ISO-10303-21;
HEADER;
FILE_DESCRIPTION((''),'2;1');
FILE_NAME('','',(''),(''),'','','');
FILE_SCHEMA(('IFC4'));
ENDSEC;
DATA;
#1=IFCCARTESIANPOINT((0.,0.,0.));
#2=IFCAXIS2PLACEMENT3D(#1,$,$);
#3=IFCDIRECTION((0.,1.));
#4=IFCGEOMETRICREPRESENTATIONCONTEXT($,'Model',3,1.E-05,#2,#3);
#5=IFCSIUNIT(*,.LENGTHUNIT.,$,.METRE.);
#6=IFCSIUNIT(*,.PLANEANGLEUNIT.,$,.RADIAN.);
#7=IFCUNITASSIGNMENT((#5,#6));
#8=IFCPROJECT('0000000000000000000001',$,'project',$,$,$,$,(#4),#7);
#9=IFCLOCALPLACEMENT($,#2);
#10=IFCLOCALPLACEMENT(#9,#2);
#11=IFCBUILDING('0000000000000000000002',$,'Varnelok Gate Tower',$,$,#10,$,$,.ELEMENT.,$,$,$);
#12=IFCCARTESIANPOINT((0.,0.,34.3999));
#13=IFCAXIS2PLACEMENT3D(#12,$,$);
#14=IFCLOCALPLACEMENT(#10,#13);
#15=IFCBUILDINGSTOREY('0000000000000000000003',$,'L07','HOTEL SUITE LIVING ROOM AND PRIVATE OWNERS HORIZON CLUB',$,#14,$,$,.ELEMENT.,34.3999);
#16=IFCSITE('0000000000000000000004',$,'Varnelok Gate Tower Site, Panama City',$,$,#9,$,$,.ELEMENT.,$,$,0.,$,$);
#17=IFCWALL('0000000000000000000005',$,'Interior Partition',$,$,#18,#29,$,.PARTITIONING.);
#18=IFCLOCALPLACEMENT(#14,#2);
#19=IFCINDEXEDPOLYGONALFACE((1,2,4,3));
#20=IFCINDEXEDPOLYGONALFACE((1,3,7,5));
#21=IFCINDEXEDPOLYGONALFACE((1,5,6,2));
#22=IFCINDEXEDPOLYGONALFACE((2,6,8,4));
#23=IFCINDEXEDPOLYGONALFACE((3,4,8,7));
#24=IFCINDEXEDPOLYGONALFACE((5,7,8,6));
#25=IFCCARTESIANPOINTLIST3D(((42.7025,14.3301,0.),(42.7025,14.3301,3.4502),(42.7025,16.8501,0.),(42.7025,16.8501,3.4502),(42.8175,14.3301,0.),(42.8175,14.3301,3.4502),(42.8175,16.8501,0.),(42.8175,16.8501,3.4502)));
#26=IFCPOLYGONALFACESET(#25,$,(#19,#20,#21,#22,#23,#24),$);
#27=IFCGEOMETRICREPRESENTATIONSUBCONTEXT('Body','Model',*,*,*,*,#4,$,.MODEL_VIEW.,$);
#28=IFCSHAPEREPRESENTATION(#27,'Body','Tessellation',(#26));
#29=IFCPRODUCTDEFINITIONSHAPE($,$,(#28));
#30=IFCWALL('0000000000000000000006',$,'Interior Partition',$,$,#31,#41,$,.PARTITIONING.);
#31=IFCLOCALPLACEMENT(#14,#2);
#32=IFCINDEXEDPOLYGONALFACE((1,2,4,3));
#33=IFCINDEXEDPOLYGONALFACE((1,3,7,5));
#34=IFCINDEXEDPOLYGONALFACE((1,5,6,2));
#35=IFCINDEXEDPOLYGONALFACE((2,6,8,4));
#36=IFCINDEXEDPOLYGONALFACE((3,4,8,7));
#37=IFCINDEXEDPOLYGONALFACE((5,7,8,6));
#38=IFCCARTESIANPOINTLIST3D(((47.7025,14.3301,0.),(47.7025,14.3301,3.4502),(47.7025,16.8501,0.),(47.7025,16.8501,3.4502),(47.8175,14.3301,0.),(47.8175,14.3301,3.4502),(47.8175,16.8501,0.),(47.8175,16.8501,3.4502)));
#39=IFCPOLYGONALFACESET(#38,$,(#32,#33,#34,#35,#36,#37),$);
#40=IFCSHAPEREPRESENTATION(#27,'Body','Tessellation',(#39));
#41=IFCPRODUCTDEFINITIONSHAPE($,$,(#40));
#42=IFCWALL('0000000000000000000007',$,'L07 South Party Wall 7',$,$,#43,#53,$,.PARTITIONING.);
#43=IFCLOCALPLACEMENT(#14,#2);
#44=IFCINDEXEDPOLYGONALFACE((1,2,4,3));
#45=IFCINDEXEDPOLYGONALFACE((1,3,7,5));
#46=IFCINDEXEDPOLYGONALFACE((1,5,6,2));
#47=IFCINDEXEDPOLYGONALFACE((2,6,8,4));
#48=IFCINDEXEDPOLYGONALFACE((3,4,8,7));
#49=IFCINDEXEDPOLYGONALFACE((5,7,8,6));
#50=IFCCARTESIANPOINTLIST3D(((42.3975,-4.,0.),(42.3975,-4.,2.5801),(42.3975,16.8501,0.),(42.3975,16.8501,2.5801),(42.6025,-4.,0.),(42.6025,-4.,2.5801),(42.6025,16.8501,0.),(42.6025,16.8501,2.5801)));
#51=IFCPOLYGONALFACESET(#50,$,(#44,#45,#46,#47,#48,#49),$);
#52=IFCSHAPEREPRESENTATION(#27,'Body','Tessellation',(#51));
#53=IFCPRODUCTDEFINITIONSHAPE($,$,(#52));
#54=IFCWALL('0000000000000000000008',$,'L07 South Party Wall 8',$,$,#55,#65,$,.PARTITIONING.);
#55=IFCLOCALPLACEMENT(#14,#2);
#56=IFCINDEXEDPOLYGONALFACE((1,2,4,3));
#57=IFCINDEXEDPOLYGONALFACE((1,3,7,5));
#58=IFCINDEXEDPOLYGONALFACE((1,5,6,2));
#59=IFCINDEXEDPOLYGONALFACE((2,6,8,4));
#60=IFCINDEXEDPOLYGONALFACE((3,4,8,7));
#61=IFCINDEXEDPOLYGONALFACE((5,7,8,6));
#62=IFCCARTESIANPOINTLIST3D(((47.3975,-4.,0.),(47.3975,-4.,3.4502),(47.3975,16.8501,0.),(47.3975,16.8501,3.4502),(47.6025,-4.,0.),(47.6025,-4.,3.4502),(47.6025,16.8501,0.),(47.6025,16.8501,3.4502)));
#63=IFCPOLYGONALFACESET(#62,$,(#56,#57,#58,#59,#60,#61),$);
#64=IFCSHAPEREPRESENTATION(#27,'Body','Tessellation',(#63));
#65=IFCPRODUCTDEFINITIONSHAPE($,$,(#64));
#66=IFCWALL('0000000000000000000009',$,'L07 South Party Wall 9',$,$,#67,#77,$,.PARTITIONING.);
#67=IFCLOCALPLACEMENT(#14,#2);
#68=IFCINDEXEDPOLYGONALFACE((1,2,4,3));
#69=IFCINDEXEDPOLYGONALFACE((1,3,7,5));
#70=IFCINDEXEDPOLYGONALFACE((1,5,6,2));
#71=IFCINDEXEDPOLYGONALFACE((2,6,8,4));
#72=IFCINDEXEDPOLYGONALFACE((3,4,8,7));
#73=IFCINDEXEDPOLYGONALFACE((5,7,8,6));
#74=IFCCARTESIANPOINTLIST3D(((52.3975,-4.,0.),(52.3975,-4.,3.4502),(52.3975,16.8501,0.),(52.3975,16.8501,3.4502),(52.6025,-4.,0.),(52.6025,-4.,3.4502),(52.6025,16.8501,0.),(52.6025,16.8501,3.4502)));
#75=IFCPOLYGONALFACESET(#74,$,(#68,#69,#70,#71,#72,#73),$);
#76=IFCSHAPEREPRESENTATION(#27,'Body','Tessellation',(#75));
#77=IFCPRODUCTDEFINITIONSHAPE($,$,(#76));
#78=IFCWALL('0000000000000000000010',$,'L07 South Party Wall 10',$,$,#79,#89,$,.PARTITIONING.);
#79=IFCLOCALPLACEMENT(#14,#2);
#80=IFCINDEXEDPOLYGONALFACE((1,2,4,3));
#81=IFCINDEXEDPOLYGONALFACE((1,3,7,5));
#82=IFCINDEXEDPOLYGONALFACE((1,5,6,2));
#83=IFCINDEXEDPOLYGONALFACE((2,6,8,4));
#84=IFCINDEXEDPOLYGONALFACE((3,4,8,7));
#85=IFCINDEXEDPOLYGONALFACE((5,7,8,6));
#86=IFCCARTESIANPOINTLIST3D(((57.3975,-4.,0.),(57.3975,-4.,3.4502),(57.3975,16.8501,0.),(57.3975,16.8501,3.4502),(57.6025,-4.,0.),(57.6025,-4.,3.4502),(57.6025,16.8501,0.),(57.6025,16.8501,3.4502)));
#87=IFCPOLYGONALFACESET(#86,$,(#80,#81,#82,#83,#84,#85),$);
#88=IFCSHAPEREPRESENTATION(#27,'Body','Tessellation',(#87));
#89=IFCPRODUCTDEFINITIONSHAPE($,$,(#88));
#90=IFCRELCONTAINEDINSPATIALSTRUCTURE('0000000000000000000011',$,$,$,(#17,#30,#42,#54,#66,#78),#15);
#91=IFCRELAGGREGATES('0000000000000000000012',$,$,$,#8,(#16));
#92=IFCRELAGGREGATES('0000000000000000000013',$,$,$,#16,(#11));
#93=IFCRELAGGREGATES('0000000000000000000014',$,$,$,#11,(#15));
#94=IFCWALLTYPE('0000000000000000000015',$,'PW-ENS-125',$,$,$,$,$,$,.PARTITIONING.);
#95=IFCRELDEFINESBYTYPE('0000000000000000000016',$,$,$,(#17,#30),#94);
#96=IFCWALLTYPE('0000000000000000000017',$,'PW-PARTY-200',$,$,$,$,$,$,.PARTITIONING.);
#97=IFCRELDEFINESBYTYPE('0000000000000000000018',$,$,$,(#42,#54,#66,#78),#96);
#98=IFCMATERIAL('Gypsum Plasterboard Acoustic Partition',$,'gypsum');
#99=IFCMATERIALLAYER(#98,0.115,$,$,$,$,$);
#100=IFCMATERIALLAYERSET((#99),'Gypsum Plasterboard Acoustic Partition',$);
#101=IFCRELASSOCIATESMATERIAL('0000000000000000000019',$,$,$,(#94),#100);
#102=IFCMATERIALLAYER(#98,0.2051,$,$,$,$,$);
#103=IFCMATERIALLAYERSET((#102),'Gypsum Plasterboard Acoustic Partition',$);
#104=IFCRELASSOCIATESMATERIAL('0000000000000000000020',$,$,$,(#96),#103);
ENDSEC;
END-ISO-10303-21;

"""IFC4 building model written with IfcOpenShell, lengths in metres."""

from ifc_helpers import new_model, si_unit, direction, frame, frame_2d, origin, place, context, subcontext, project, spatial, rectangle, extrude, material, layer, layer_set, type_object, element, save


model = new_model("IFC4")

# Units and contexts
model_context = context("Model", 3, precision=1e-05, world=origin(), true_north=direction((0.0, 1.0)))
body_context = subcontext(model_context, "Body", "Model", "MODEL_VIEW")
ifc_project = project(units=[si_unit("LENGTHUNIT", "METRE"), si_unit("PLANEANGLEUNIT", "RADIAN")], contexts=[model_context])

# Site, building, storey
site_placement = place(None, origin())
site = spatial("IfcSite", under=ifc_project, at=site_placement, Name="Varnelok Gate Tower Site, Panama City", CompositionType="ELEMENT", RefElevation=0.0)
building_placement = place(site_placement, origin())
building = spatial("IfcBuilding", under=site, at=building_placement, Name="Varnelok Gate Tower", CompositionType="ELEMENT")
storey_placement = place(building_placement, frame((0.0, 0.0, 34.3999)))
storey = spatial("IfcBuildingStorey", under=building, at=storey_placement, Name="L07", Description="HOTEL SUITE LIVING ROOM AND PRIVATE OWNERS HORIZON CLUB", CompositionType="ELEMENT", Elevation=34.3999)

# Shared definitions
ifc_material_1 = material(Name="Gypsum Plasterboard Acoustic Partition", Category="gypsum")
ifc_layer_1 = layer(ifc_material_1, 0.115)
ifc_layer_set_1 = layer_set([ifc_layer_1], Name="Gypsum Plasterboard Acoustic Partition")
wall_type_1 = type_object("IfcWallType", Name="PW-ENS-125", PredefinedType="PARTITIONING", material=ifc_layer_set_1)

# Walls
for number, where, z_axis, x_axis, name in (
    (1, (42.76, 14.3301, 0.0), (0.0, 0.0, 1.0), (0.0, 1.0, 0.0), "Interior Partition"),
    (2, (47.76, 14.3301, 0.0), (0.0, 0.0, 1.0), (0.0, 1.0, 0.0), "Interior Partition"),
):
    element("IfcWall", number, at=place(storey_placement, frame(where, z_axis=z_axis, x_axis=x_axis)), inside=storey, type_object=wall_type_1, Name=name, PredefinedType="PARTITIONING", context=body_context, shape_type="SweptSolid", body=[
        extrude(rectangle(XDim=2.52, YDim=0.115, at=frame_2d((1.26, 0.0))), origin(), (0.0, 0.0, 1.0), 3.4502),
    ])
ifc_layer_2 = layer(ifc_material_1, 0.2051)
ifc_layer_set_2 = layer_set([ifc_layer_2], Name="Gypsum Plasterboard Acoustic Partition")
wall_type_2 = type_object("IfcWallType", Name="PW-PARTY-200", PredefinedType="PARTITIONING", material=ifc_layer_set_2)
wall_1_placement = place(storey_placement, frame((42.5, -4.0, 0.0), z_axis=(0.0, 0.0, 1.0), x_axis=(0.0, 1.0, 0.0)))
element("IfcWall", 3, at=wall_1_placement, inside=storey, type_object=wall_type_2, Name="L07 South Party Wall 7", PredefinedType="PARTITIONING", context=body_context, shape_type="SweptSolid", body=[
    extrude(rectangle(XDim=20.8501, YDim=0.2051, at=frame_2d((10.425, 0.0))), origin(), (0.0, 0.0, 1.0), 2.5801),
])
for number, where, z_axis, x_axis, name in (
    (4, (47.5, -4.0, 0.0), (0.0, 0.0, 1.0), (0.0, 1.0, 0.0), "L07 South Party Wall 8"),
    (5, (52.5, -4.0, 0.0), (0.0, 0.0, 1.0), (0.0, 1.0, 0.0), "L07 South Party Wall 9"),
    (6, (57.5, -4.0, 0.0), (0.0, 0.0, 1.0), (0.0, 1.0, 0.0), "L07 South Party Wall 10"),
):
    element("IfcWall", number, at=place(storey_placement, frame(where, z_axis=z_axis, x_axis=x_axis)), inside=storey, type_object=wall_type_2, Name=name, PredefinedType="PARTITIONING", context=body_context, shape_type="SweptSolid", body=[
        extrude(rectangle(XDim=20.8501, YDim=0.2051, at=frame_2d((10.425, 0.0))), origin(), (0.0, 0.0, 1.0), 3.4502),
    ])

save(model, "model.ifc")
